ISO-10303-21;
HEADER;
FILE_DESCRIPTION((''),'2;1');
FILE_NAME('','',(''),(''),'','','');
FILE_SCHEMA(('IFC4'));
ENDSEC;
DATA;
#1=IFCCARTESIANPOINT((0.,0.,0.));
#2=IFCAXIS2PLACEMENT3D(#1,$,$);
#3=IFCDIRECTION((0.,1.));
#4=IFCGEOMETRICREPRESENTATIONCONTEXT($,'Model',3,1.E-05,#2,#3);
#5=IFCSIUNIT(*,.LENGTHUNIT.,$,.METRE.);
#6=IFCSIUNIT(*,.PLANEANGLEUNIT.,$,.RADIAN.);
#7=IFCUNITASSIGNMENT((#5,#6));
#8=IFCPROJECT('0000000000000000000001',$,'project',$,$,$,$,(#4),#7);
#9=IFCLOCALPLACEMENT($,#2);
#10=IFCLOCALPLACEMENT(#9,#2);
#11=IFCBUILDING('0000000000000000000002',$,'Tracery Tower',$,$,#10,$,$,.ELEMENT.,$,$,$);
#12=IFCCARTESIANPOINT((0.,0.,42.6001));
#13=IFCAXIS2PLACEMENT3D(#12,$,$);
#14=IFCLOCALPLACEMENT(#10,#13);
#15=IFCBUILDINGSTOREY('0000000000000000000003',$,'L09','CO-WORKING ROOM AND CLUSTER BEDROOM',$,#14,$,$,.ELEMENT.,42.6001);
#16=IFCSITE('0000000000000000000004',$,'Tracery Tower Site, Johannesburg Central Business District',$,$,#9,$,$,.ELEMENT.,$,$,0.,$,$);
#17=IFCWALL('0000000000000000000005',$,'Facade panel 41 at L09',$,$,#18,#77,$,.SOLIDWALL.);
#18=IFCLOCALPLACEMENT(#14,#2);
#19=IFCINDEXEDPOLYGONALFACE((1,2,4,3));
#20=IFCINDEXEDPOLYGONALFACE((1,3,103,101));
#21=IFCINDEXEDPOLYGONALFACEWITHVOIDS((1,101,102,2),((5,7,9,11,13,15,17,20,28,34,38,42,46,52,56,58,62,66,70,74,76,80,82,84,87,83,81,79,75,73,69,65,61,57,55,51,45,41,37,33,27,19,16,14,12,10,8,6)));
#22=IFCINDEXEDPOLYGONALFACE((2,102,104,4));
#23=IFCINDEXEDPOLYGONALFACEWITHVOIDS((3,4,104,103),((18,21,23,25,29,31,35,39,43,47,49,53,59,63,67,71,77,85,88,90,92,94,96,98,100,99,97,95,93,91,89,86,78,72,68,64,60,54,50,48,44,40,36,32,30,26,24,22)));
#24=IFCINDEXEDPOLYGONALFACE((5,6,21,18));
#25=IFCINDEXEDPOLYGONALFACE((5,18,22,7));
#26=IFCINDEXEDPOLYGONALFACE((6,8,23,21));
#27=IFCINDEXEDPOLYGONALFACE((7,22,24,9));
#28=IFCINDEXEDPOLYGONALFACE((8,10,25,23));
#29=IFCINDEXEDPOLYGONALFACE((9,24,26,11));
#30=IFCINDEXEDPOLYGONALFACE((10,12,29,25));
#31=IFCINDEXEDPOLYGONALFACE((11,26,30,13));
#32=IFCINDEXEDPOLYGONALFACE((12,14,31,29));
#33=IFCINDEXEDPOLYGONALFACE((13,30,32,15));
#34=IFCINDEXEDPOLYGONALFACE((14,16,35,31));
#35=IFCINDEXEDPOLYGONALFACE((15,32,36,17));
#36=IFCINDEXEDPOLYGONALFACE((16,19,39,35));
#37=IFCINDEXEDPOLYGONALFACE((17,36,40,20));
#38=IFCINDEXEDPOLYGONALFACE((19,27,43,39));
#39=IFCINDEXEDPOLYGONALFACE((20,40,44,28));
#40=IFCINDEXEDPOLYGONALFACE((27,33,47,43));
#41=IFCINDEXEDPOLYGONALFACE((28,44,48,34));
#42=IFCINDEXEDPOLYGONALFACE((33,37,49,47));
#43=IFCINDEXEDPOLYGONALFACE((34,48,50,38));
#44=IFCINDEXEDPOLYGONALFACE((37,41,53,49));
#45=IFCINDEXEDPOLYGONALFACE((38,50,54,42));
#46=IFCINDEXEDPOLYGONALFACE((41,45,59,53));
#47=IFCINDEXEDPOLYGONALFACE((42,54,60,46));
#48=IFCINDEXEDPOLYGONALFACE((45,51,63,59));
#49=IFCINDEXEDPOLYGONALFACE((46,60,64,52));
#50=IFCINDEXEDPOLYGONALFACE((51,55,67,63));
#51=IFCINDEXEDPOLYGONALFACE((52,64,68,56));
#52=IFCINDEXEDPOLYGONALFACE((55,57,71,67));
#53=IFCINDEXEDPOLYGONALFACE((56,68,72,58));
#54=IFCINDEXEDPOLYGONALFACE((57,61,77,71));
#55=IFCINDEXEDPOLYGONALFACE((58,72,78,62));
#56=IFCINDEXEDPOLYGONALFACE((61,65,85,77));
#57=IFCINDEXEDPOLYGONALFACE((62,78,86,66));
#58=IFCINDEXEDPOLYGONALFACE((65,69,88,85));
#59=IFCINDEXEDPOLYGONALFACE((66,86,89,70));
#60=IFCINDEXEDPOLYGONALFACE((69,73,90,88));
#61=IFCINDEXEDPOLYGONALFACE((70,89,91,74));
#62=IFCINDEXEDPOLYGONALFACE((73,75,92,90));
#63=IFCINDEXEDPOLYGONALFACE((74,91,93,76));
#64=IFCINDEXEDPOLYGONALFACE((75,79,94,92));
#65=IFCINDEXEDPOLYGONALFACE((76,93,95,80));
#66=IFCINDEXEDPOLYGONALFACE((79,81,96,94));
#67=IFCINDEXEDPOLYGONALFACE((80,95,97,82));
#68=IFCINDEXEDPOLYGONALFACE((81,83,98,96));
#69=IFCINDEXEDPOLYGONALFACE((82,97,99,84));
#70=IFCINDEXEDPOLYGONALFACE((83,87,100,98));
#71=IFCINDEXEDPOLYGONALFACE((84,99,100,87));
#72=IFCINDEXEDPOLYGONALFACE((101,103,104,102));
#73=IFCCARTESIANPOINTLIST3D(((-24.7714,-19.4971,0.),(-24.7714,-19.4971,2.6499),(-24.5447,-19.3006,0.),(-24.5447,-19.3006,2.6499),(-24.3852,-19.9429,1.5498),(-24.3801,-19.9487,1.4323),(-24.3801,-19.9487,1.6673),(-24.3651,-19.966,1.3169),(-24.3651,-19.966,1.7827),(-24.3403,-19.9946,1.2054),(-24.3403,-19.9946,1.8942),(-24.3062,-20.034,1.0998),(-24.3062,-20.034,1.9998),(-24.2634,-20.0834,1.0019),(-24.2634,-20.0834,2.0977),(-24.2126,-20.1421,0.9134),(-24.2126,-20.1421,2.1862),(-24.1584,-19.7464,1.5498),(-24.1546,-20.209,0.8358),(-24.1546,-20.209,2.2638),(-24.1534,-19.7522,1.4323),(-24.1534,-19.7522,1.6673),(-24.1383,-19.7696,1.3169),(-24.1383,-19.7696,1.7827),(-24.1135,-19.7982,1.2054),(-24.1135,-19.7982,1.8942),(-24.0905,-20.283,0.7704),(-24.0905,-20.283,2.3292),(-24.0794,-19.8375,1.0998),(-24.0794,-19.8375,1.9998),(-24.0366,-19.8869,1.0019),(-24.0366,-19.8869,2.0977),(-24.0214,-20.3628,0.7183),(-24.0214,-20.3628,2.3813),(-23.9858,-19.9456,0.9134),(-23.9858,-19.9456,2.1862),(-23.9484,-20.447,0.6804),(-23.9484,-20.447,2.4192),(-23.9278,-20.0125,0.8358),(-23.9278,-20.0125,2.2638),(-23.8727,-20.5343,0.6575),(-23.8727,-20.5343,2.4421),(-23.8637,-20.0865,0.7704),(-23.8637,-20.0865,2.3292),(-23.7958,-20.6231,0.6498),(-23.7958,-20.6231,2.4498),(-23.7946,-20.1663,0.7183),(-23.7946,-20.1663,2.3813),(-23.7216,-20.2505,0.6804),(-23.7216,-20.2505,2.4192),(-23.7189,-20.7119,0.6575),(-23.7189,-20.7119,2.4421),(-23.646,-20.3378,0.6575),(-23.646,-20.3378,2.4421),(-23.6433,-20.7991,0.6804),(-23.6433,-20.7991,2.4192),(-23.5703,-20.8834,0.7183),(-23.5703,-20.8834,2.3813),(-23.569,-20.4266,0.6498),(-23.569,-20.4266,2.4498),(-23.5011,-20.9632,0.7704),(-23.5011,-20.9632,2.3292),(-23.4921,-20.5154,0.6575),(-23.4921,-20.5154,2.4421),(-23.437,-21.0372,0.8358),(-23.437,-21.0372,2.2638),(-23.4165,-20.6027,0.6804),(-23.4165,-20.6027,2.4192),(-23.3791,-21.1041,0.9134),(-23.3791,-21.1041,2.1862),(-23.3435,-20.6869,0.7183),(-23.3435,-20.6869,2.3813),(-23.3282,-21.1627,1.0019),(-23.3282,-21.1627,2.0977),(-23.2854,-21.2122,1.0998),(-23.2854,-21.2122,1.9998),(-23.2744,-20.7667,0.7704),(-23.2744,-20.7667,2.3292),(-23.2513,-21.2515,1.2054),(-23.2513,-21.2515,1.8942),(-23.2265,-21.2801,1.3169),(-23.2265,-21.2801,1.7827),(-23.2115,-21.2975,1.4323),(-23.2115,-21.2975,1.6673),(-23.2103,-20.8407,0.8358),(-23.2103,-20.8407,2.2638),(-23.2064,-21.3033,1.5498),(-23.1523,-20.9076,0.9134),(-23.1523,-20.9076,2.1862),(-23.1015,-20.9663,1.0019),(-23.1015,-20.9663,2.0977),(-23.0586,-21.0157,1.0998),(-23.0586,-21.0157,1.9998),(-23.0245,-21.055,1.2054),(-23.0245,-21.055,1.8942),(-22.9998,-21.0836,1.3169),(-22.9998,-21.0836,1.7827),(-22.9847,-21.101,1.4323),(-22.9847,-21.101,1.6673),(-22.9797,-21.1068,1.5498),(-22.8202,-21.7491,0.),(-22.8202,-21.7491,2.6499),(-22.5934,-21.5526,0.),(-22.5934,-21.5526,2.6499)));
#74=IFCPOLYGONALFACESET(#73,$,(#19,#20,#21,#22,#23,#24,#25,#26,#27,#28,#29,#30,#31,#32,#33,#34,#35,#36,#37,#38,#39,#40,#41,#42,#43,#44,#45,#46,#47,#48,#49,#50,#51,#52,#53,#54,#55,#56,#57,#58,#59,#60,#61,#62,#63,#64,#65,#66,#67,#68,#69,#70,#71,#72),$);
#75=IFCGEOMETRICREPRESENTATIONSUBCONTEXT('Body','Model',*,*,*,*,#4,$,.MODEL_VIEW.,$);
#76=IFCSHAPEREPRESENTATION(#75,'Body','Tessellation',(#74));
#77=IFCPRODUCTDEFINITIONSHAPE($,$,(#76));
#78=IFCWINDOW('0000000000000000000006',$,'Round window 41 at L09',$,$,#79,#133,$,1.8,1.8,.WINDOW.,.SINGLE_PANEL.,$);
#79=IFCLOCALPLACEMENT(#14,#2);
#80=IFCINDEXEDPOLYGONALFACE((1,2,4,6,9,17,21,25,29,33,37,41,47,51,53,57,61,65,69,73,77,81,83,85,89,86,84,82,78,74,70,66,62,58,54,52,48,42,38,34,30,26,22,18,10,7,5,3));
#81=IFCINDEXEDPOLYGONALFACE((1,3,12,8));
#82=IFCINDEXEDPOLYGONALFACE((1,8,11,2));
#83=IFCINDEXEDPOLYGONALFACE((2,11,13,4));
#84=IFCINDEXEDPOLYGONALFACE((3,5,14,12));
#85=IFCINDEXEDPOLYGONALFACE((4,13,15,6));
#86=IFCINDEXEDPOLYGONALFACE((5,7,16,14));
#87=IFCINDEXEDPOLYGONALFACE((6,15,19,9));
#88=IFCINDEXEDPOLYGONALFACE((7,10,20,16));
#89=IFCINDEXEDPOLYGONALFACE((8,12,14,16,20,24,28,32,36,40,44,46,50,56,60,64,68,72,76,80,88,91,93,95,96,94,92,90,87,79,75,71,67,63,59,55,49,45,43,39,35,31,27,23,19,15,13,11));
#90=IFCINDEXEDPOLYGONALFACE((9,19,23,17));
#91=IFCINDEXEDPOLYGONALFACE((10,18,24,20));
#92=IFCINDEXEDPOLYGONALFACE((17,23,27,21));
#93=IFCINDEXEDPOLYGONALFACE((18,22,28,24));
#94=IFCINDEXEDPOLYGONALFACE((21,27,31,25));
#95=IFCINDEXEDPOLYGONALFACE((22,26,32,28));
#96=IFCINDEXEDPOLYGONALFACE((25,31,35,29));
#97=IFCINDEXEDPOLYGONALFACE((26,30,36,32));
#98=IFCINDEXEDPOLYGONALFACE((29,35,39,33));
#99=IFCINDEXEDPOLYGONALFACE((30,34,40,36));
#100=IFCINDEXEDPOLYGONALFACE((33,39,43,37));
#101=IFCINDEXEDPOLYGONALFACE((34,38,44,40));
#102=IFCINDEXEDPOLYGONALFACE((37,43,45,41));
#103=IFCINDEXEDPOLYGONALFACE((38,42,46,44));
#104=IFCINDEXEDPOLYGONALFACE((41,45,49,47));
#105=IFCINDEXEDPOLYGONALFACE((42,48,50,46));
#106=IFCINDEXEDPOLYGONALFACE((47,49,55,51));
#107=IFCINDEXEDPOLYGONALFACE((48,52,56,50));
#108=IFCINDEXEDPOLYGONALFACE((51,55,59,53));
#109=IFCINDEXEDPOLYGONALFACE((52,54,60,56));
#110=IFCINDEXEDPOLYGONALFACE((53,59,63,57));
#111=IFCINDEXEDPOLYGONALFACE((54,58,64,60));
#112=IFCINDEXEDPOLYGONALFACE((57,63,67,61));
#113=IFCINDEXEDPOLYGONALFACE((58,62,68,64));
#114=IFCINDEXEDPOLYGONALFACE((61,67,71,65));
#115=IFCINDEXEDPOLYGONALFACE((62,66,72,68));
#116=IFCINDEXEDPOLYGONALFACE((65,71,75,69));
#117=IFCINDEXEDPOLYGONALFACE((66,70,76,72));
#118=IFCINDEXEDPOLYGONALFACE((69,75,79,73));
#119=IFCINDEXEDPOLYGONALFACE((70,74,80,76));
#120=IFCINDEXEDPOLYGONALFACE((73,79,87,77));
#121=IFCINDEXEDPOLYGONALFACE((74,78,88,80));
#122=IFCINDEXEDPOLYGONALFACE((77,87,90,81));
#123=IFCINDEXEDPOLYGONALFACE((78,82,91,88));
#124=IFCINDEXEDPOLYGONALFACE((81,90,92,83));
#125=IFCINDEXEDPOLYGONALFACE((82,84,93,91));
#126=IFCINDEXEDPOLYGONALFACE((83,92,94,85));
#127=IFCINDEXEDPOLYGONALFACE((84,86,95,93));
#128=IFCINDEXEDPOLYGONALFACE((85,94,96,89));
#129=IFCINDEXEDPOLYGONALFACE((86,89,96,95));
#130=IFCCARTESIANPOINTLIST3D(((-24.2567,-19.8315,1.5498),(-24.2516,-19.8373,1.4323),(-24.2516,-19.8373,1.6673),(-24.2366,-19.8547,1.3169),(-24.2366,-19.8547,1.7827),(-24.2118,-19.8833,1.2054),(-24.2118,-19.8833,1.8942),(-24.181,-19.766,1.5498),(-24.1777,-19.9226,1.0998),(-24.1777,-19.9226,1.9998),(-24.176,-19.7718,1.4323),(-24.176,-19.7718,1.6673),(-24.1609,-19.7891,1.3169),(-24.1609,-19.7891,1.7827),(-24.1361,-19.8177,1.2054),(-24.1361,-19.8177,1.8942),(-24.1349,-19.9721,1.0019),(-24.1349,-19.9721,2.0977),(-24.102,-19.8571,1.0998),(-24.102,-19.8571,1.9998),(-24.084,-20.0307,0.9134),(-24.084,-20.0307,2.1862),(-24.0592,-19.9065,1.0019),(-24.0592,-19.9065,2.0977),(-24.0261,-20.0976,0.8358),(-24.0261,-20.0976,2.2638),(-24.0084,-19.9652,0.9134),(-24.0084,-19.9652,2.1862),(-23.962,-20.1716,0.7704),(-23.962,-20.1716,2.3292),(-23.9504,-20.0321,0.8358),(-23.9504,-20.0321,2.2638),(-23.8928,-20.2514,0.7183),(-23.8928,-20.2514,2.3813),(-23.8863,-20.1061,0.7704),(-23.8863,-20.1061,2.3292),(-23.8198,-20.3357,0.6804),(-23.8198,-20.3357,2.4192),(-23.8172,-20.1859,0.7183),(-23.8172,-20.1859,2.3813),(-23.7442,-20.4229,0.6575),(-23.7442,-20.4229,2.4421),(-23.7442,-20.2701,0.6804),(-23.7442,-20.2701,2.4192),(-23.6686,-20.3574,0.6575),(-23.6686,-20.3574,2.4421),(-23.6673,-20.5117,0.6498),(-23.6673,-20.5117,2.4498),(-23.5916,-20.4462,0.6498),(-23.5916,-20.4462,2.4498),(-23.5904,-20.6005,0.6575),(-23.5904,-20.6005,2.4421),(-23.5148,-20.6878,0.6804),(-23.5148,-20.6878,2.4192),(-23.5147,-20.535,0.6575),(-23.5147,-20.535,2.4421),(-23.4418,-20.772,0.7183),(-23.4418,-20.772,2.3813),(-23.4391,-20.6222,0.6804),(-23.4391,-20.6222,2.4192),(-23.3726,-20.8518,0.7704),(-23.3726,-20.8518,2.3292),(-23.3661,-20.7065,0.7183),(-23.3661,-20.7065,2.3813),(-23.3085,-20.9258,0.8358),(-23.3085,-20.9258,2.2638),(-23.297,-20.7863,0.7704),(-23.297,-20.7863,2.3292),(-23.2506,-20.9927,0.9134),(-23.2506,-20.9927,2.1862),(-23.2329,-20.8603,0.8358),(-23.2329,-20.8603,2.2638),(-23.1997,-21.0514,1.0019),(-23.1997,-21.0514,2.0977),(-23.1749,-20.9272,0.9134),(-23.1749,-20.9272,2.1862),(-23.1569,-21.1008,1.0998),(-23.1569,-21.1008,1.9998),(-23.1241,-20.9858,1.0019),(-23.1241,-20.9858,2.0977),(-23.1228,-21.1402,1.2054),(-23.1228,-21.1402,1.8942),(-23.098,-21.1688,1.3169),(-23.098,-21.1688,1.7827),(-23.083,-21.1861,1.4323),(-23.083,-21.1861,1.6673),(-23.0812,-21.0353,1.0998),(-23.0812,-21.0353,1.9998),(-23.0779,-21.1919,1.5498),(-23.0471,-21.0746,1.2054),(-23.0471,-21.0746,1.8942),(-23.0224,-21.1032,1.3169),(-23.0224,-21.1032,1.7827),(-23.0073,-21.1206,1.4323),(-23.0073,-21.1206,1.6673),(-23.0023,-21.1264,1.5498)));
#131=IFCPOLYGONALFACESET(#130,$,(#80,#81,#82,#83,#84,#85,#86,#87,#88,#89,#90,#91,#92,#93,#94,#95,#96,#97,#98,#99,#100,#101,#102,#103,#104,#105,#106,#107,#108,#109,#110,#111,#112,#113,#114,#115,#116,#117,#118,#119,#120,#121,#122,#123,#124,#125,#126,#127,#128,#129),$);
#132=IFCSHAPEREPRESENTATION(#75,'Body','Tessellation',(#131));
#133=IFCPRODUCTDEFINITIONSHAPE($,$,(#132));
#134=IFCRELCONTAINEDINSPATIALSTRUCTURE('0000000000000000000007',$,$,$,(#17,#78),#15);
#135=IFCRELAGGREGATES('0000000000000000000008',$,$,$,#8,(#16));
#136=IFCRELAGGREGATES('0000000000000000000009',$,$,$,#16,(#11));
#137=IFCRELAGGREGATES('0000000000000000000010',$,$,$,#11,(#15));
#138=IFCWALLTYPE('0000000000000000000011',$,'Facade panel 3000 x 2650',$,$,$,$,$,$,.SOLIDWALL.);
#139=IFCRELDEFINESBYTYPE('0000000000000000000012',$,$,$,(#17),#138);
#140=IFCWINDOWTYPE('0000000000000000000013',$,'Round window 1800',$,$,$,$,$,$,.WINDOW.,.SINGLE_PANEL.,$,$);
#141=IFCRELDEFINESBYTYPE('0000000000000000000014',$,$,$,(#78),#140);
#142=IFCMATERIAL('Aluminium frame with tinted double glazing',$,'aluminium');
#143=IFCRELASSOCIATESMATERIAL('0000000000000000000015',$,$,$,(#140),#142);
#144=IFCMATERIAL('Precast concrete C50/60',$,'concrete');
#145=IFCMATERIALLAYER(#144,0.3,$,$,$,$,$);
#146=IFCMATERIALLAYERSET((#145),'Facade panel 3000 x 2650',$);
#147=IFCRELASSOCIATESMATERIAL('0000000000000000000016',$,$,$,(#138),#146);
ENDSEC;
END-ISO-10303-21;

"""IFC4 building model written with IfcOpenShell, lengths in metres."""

from ifc_helpers import new_model, si_unit, direction, frame, frame_2d, origin, origin_2d, place, context, subcontext, project, spatial, rectangle, circle, extrude, material, layer, layer_set, type_object, element, fill, save


model = new_model("IFC4")

# Units and contexts
model_context = context("Model", 3, precision=1e-05, world=origin(), true_north=direction((0.0, 1.0)))
body_context = subcontext(model_context, "Body", "Model", "MODEL_VIEW")
ifc_project = project(units=[si_unit("LENGTHUNIT", "METRE"), si_unit("PLANEANGLEUNIT", "RADIAN")], contexts=[model_context])

# Site, building, storey
site_placement = place(None, origin())
site = spatial("IfcSite", under=ifc_project, at=site_placement, Name="Tracery Tower Site, Johannesburg Central Business District", CompositionType="ELEMENT", RefElevation=0.0)
building_placement = place(site_placement, origin())
building = spatial("IfcBuilding", under=site, at=building_placement, Name="Tracery Tower", CompositionType="ELEMENT")
storey_placement = place(building_placement, frame((0.0, 0.0, 42.6001)))
storey = spatial("IfcBuildingStorey", under=building, at=storey_placement, Name="L09", Description="CO-WORKING ROOM AND CLUSTER BEDROOM", CompositionType="ELEMENT", Elevation=42.6001)

# Wall, opening, window
ifc_material_1 = material(Name="Aluminium frame with tinted double glazing", Category="aluminium")
window_type = type_object("IfcWindowType", Name="Round window 1800", PartitioningType="SINGLE_PANEL", PredefinedType="WINDOW", material=ifc_material_1)
ifc_material_2 = material(Name="Precast concrete C50/60", Category="concrete")
ifc_layer_1 = layer(ifc_material_2, 0.3)
ifc_layer_set_1 = layer_set([ifc_layer_1], Name="Facade panel 3000 x 2650")
wall_type_1 = type_object("IfcWallType", Name="Facade panel 3000 x 2650", PredefinedType="SOLIDWALL", material=ifc_layer_set_1)
wall_1_placement = place(storey_placement, frame((-24.658, -19.3989, 0.0), z_axis=(0.0, 0.0, 1.0), x_axis=(0.654831, -0.755776, 0.0)))
wall_1 = element("IfcWall", 1, at=wall_1_placement, inside=storey, type_object=wall_type_1, Name="Facade panel 41 at L09", PredefinedType="SOLIDWALL", context=body_context, shape_type="SweptSolid", body=[
    extrude(rectangle(XDim=2.9797, YDim=0.3, at=frame_2d((1.4897, 0.0))), origin(), (0.0, 0.0, 1.0), 2.6499),
])
opening_1_placement = place(wall_1_placement, frame((1.4897, 0.0, 1.5498)))
opening_1 = element("IfcOpeningElement", 2, at=opening_1_placement, cuts=wall_1, PredefinedType="OPENING", context=body_context, shape_type="SweptSolid", body=[
    extrude(circle(Radius=0.9, at=origin_2d()), frame((0.0, 0.1599, 0.0), z_axis=(0.0, -1.0, 0.0), x_axis=(1.0, 0.0, 0.0)), (0.0, 0.0, 1.0), 0.3201),
])
window_1_placement = place(opening_1_placement, origin())
window_1 = element("IfcWindow", 3, at=window_1_placement, inside=storey, type_object=window_type, Name="Round window 41 at L09", OverallHeight=1.8, OverallWidth=1.8, PartitioningType="SINGLE_PANEL", PredefinedType="WINDOW", context=body_context, shape_type="SweptSolid", body=[
    extrude(circle(Radius=0.9, at=origin_2d()), frame((0.0, 0.1201, 0.0), z_axis=(0.0, -1.0, 0.0), x_axis=(1.0, 0.0, 0.0)), (0.0, 0.0, 1.0), 0.1001),
])
fill(opening_1, window_1)

save(model, "model.ifc")
